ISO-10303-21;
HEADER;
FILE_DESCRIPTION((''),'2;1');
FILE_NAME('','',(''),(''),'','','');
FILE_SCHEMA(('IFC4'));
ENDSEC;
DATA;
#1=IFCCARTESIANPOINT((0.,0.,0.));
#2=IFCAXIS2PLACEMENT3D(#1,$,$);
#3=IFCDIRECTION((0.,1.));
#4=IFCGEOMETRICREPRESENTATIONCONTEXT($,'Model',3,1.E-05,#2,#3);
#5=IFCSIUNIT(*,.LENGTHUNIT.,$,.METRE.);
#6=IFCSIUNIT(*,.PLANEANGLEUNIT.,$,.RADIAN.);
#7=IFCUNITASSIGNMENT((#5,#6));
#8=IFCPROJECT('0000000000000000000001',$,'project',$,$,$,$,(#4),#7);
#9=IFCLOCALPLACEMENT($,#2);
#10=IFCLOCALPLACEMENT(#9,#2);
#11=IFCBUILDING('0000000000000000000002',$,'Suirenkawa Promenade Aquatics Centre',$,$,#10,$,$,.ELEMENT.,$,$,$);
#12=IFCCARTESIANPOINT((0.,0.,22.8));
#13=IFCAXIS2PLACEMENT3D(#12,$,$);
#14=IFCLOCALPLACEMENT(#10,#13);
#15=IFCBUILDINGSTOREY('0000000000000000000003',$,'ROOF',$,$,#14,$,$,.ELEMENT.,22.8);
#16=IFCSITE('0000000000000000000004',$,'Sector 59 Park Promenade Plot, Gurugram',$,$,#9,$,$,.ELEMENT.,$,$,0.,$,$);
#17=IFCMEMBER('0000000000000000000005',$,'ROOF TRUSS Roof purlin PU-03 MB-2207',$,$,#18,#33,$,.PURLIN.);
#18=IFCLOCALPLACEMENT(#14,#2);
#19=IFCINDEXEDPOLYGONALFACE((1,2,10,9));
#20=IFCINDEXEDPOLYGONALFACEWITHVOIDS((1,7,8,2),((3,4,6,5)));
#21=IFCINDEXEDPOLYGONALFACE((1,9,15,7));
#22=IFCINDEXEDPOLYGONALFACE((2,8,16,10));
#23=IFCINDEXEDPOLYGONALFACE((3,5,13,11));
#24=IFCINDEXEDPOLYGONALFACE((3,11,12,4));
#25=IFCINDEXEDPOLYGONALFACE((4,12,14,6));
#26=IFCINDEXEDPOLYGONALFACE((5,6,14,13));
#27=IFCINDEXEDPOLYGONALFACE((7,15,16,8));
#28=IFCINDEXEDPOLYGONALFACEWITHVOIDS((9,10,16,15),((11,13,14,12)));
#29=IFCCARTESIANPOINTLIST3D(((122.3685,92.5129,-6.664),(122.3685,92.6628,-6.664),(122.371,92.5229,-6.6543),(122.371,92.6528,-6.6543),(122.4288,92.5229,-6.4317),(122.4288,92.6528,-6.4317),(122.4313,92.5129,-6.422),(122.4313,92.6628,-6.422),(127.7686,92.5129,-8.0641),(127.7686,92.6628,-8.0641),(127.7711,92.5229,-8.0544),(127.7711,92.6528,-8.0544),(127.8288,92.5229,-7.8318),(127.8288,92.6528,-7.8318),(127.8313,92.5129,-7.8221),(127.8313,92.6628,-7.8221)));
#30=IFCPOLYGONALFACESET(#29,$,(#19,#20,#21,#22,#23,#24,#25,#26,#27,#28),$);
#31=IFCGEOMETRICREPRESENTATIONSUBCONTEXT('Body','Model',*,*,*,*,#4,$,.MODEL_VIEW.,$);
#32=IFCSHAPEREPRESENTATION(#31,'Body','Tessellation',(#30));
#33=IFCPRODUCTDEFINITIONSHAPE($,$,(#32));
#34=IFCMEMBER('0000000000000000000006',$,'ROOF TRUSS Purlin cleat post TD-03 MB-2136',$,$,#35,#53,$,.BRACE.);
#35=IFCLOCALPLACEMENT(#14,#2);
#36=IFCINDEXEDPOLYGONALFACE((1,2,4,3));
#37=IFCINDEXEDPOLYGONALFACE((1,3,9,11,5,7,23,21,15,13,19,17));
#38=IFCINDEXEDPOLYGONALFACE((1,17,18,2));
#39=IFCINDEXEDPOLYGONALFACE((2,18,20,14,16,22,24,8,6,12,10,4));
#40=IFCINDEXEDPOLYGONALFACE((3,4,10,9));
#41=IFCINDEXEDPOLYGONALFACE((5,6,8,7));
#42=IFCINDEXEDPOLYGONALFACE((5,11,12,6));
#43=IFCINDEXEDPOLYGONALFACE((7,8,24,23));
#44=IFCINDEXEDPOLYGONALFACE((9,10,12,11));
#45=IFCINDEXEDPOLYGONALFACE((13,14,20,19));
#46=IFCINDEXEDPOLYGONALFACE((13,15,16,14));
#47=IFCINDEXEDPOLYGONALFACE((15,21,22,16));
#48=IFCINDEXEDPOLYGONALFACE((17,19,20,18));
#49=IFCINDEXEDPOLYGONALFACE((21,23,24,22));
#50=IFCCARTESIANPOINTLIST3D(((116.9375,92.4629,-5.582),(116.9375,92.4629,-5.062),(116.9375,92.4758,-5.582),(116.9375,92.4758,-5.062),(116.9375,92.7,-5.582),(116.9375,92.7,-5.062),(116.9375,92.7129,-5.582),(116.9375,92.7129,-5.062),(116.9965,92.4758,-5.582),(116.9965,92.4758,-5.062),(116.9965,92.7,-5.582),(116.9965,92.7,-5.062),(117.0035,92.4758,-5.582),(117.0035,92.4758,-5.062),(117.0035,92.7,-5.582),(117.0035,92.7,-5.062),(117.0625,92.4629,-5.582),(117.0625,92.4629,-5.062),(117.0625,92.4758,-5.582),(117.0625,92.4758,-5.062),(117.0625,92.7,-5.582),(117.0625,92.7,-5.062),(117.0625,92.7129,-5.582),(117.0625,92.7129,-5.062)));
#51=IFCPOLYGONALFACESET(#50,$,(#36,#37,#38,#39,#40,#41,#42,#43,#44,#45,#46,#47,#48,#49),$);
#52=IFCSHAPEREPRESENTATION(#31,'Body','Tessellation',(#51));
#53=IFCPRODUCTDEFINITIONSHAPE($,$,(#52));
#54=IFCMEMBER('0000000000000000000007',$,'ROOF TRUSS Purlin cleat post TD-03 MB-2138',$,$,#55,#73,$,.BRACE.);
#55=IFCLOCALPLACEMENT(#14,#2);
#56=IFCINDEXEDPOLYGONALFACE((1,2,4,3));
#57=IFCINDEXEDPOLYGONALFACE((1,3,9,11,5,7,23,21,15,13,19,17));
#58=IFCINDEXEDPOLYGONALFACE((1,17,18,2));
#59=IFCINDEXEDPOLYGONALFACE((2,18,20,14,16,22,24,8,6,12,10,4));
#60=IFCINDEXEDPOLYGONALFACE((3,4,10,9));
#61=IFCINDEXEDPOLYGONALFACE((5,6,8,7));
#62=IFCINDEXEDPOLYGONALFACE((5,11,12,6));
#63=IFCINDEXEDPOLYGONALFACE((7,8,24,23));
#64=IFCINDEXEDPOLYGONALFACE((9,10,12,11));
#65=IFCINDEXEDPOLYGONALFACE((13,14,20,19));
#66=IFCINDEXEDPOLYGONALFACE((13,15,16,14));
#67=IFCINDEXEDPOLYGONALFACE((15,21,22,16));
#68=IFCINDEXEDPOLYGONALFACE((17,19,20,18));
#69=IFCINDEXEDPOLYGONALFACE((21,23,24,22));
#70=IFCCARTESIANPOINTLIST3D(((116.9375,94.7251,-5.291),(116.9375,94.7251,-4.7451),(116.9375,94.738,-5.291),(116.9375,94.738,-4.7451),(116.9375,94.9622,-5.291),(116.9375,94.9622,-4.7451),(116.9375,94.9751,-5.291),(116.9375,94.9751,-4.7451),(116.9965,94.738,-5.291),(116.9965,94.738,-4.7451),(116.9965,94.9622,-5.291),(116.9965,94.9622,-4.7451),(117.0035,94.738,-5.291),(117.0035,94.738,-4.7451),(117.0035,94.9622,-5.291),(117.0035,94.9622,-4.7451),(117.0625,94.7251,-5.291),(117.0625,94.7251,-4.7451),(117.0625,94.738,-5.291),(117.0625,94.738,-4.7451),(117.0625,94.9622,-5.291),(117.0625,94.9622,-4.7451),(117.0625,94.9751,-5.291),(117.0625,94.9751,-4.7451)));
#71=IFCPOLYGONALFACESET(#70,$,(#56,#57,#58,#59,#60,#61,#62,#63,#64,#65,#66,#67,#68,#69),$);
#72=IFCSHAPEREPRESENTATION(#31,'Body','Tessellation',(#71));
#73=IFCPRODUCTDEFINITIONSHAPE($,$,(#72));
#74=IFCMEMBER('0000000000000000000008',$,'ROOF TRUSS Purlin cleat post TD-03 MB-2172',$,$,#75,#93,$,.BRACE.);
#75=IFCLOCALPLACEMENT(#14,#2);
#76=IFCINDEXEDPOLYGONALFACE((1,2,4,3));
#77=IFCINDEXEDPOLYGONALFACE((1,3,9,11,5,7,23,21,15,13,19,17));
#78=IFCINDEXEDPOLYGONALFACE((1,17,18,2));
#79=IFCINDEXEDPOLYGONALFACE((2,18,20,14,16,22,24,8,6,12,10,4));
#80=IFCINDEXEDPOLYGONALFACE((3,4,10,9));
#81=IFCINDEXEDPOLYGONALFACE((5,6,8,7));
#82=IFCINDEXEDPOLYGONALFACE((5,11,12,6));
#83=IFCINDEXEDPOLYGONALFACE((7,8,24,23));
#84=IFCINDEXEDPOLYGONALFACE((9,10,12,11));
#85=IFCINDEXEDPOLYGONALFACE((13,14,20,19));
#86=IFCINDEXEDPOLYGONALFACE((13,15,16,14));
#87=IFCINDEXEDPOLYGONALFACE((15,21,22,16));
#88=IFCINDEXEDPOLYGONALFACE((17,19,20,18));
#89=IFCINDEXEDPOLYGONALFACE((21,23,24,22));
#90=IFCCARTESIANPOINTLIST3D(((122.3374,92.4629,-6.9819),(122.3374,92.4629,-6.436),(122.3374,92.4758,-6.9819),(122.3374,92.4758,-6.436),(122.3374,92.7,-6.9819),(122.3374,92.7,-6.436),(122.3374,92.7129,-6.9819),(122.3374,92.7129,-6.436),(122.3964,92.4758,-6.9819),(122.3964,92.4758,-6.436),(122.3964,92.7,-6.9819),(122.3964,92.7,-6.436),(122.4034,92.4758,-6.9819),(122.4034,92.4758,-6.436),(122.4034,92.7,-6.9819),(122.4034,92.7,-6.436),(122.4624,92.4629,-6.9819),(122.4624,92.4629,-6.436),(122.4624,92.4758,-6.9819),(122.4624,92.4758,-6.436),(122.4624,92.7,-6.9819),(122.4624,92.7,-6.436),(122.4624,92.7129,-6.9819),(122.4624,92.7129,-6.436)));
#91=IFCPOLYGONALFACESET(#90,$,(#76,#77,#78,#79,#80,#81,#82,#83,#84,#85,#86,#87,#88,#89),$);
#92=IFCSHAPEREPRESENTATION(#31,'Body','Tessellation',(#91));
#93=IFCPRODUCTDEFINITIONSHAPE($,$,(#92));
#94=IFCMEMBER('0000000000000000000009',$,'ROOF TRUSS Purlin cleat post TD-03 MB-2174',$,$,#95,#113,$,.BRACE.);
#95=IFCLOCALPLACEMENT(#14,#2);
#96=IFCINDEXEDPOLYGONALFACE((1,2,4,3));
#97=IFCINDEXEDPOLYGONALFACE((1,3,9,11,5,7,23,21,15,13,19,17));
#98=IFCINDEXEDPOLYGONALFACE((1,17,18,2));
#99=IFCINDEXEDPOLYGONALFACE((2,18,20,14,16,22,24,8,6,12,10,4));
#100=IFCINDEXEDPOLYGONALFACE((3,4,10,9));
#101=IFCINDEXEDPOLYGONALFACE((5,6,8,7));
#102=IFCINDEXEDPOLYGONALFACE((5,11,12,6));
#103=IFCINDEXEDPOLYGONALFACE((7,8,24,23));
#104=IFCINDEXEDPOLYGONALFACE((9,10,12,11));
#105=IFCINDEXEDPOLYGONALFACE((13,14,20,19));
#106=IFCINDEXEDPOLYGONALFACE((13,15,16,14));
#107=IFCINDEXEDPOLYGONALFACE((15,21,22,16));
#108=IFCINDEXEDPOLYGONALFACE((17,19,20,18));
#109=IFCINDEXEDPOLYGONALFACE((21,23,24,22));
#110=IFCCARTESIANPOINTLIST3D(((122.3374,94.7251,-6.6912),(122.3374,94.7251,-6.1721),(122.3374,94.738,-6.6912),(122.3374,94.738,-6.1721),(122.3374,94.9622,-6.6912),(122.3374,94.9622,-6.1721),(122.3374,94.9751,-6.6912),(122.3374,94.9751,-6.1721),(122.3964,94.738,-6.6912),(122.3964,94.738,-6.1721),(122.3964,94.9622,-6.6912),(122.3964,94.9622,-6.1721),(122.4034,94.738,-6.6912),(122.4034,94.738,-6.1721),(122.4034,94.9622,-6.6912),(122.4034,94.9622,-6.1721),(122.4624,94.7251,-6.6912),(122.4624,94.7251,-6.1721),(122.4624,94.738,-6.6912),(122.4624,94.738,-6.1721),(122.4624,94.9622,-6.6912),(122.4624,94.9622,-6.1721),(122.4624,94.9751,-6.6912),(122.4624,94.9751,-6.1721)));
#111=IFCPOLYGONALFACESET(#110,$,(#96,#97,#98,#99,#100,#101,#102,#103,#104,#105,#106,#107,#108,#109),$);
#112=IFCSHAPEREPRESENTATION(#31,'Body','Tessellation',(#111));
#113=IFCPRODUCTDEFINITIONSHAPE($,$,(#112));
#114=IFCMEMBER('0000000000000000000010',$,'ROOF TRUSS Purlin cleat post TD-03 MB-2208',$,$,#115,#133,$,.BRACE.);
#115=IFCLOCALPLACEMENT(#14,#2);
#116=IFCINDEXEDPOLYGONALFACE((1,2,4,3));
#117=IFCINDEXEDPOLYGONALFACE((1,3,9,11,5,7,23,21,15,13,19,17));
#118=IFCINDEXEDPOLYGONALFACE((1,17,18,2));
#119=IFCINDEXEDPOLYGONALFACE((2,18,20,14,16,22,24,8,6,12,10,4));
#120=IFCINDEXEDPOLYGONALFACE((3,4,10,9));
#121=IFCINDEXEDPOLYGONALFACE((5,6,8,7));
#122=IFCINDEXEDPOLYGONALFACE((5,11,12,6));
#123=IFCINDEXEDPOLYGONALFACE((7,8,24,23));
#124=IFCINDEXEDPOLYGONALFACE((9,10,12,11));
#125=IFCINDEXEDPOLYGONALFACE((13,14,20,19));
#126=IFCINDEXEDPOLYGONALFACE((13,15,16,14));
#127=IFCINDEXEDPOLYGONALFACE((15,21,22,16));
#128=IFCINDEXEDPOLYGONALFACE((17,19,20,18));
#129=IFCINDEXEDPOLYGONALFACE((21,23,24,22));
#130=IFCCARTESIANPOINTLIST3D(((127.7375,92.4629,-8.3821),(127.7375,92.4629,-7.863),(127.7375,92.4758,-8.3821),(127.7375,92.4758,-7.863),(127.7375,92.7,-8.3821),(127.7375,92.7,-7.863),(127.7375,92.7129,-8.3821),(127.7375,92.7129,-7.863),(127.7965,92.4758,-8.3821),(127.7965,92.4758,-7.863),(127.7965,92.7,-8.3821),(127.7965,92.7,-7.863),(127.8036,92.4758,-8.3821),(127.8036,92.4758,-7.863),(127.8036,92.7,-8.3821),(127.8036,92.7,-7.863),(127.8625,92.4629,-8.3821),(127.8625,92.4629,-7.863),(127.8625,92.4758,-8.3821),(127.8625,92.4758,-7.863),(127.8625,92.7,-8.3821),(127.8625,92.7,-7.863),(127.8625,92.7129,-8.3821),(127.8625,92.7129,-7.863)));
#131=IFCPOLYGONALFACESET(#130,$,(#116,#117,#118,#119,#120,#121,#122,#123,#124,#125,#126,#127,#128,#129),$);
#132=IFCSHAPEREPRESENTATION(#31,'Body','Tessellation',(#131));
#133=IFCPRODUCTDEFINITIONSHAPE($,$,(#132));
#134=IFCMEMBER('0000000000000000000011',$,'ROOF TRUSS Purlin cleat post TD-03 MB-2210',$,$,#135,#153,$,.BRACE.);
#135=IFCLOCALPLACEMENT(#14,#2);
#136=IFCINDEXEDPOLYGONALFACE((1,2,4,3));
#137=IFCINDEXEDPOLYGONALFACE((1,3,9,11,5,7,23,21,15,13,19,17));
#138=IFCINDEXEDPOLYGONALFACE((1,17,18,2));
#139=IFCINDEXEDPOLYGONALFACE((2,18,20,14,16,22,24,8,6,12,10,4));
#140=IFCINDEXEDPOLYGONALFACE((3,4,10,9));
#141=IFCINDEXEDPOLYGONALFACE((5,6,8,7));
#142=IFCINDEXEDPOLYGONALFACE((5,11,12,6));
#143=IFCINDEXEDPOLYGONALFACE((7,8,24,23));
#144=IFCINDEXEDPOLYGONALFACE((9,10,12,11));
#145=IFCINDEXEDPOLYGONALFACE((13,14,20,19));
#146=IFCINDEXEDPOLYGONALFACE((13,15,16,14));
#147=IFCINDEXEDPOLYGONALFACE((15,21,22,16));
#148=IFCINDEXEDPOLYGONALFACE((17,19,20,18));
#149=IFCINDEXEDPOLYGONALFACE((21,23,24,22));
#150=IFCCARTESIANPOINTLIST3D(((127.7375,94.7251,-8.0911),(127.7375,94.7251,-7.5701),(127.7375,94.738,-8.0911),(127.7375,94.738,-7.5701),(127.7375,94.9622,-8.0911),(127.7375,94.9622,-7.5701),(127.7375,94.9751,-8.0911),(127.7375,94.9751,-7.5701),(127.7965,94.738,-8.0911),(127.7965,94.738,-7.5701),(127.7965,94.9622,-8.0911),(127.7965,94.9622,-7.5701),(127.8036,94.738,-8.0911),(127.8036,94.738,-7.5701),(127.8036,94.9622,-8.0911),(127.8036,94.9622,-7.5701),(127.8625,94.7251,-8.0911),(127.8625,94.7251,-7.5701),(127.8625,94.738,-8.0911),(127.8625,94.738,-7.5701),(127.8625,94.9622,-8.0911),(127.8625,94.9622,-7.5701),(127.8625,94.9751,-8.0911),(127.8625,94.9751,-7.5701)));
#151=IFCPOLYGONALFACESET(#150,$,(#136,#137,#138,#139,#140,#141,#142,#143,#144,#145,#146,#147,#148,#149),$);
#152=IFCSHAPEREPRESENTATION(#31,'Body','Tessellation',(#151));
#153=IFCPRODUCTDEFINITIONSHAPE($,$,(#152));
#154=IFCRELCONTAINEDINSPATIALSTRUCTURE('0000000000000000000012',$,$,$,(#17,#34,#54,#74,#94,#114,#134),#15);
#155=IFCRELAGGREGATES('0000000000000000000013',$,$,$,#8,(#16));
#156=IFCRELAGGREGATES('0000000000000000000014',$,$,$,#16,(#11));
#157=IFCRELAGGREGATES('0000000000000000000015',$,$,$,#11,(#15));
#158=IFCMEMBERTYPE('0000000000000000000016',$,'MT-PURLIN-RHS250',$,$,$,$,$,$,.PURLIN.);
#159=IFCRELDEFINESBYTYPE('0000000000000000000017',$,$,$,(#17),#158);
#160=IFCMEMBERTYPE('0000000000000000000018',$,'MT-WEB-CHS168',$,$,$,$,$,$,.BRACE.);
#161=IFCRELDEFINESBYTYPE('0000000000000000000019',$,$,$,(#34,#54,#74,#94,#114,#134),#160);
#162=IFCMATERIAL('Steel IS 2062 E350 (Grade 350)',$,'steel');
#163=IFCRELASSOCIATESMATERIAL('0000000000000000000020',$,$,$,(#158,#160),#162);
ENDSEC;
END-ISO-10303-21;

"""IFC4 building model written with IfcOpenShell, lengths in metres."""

from ifc_helpers import new_model, si_unit, direction, frame, origin, origin_2d, place, context, subcontext, project, spatial, hollow_rectangle, i_section, extrude, material, material_profile, profile_set, type_object, element, save


model = new_model("IFC4")

# Units and contexts
model_context = context("Model", 3, precision=1e-05, world=origin(), true_north=direction((0.0, 1.0)))
body_context = subcontext(model_context, "Body", "Model", "MODEL_VIEW")
ifc_project = project(units=[si_unit("LENGTHUNIT", "METRE"), si_unit("PLANEANGLEUNIT", "RADIAN")], contexts=[model_context])

# Site, building, storey
site_placement = place(None, origin())
site = spatial("IfcSite", under=ifc_project, at=site_placement, Name="Sector 59 Park Promenade Plot, Gurugram", CompositionType="ELEMENT", RefElevation=0.0)
building_placement = place(site_placement, origin())
building = spatial("IfcBuilding", under=site, at=building_placement, Name="Suirenkawa Promenade Aquatics Centre", CompositionType="ELEMENT")
storey_placement = place(building_placement, frame((0.0, 0.0, 22.8)))
storey = spatial("IfcBuildingStorey", under=building, at=storey_placement, Name="ROOF", CompositionType="ELEMENT", Elevation=22.8)

# Shared definitions
ifc_material_1 = material(Name="Steel IS 2062 E350 (Grade 350)", Category="steel")

# Members
ifc_material_profile_1 = material_profile(ifc_material_1, hollow_rectangle(XDim=0.1499, YDim=0.25, WallThickness=0.01, at=origin_2d()), Name="RHS 250x150x10", Category="steel")
ifc_profile_set_1 = profile_set([ifc_material_profile_1], Name="Steel IS 2062 E350 (Grade 350)")
member_type_1 = type_object("IfcMemberType", Name="MT-PURLIN-RHS250", PredefinedType="PURLIN", material=ifc_profile_set_1)
member_1_placement = place(storey_placement, frame((122.3999, 92.5879, -6.543), z_axis=(0.967992, 0.0, -0.25098), x_axis=(0.0, 1.0, 0.0)))
element("IfcMember", 1, at=member_1_placement, inside=storey, type_object=member_type_1, Name="ROOF TRUSS Roof purlin PU-03 MB-2207", PredefinedType="PURLIN", context=body_context, shape_type="SweptSolid", body=[
    extrude(hollow_rectangle(XDim=0.1499, YDim=0.25, WallThickness=0.01, at=origin_2d()), origin(), (0.0, 0.0, 1.0), 5.5786),
])
ifc_material_profile_2 = material_profile(ifc_material_1, i_section(OverallWidth=0.125, OverallDepth=0.25, WebThickness=0.0071, FlangeThickness=0.0129, at=origin_2d()), Name="ISMB 250", Category="steel")
ifc_profile_set_2 = profile_set([ifc_material_profile_2], Name="Steel IS 2062 E350 (Grade 350)")
member_type_2 = type_object("IfcMemberType", Name="MT-WEB-CHS168", PredefinedType="BRACE", material=ifc_profile_set_2)
member_2_placement = place(storey_placement, frame((117.0, 92.5879, -5.582), z_axis=(0.0, 0.0, 1.0), x_axis=(1.0, 0.0, 0.0)))
element("IfcMember", 2, at=member_2_placement, inside=storey, type_object=member_type_2, Name="ROOF TRUSS Purlin cleat post TD-03 MB-2136", PredefinedType="BRACE", context=body_context, shape_type="SweptSolid", body=[
    extrude(i_section(OverallWidth=0.125, OverallDepth=0.25, WebThickness=0.0071, FlangeThickness=0.0129, at=origin_2d()), origin(), (0.0, 0.0, 1.0), 0.52),
])
for number, where, z_axis, x_axis, name in (
    (3, (117.0, 94.8501, -5.291), (0.0, 0.0, 1.0), (1.0, 0.0, 0.0), "ROOF TRUSS Purlin cleat post TD-03 MB-2138"),
    (4, (122.3999, 92.5879, -6.9819), (0.0, 0.0, 1.0), (1.0, 0.0, 0.0), "ROOF TRUSS Purlin cleat post TD-03 MB-2172"),
):
    element("IfcMember", number, at=place(storey_placement, frame(where, z_axis=z_axis, x_axis=x_axis)), inside=storey, type_object=member_type_2, Name=name, PredefinedType="BRACE", context=body_context, shape_type="SweptSolid", body=[
        extrude(i_section(OverallWidth=0.125, OverallDepth=0.25, WebThickness=0.0071, FlangeThickness=0.0129, at=origin_2d()), origin(), (0.0, 0.0, 1.0), 0.5459),
    ])
for number, where, z_axis, x_axis, name in (
    (5, (122.3999, 94.8501, -6.6912), (0.0, 0.0, 1.0), (1.0, 0.0, 0.0), "ROOF TRUSS Purlin cleat post TD-03 MB-2174"),
    (6, (127.8, 92.5879, -8.3821), (0.0, 0.0, 1.0), (1.0, 0.0, 0.0), "ROOF TRUSS Purlin cleat post TD-03 MB-2208"),
):
    element("IfcMember", number, at=place(storey_placement, frame(where, z_axis=z_axis, x_axis=x_axis)), inside=storey, type_object=member_type_2, Name=name, PredefinedType="BRACE", context=body_context, shape_type="SweptSolid", body=[
        extrude(i_section(OverallWidth=0.125, OverallDepth=0.25, WebThickness=0.0071, FlangeThickness=0.0129, at=origin_2d()), origin(), (0.0, 0.0, 1.0), 0.519),
    ])
member_3_placement = place(storey_placement, frame((127.8, 94.8501, -8.0911), z_axis=(0.0, 0.0, 1.0), x_axis=(1.0, 0.0, 0.0)))
element("IfcMember", 7, at=member_3_placement, inside=storey, type_object=member_type_2, Name="ROOF TRUSS Purlin cleat post TD-03 MB-2210", PredefinedType="BRACE", context=body_context, shape_type="SweptSolid", body=[
    extrude(i_section(OverallWidth=0.125, OverallDepth=0.25, WebThickness=0.0071, FlangeThickness=0.0129, at=origin_2d()), origin(), (0.0, 0.0, 1.0), 0.521),
])

save(model, "model.ifc")
